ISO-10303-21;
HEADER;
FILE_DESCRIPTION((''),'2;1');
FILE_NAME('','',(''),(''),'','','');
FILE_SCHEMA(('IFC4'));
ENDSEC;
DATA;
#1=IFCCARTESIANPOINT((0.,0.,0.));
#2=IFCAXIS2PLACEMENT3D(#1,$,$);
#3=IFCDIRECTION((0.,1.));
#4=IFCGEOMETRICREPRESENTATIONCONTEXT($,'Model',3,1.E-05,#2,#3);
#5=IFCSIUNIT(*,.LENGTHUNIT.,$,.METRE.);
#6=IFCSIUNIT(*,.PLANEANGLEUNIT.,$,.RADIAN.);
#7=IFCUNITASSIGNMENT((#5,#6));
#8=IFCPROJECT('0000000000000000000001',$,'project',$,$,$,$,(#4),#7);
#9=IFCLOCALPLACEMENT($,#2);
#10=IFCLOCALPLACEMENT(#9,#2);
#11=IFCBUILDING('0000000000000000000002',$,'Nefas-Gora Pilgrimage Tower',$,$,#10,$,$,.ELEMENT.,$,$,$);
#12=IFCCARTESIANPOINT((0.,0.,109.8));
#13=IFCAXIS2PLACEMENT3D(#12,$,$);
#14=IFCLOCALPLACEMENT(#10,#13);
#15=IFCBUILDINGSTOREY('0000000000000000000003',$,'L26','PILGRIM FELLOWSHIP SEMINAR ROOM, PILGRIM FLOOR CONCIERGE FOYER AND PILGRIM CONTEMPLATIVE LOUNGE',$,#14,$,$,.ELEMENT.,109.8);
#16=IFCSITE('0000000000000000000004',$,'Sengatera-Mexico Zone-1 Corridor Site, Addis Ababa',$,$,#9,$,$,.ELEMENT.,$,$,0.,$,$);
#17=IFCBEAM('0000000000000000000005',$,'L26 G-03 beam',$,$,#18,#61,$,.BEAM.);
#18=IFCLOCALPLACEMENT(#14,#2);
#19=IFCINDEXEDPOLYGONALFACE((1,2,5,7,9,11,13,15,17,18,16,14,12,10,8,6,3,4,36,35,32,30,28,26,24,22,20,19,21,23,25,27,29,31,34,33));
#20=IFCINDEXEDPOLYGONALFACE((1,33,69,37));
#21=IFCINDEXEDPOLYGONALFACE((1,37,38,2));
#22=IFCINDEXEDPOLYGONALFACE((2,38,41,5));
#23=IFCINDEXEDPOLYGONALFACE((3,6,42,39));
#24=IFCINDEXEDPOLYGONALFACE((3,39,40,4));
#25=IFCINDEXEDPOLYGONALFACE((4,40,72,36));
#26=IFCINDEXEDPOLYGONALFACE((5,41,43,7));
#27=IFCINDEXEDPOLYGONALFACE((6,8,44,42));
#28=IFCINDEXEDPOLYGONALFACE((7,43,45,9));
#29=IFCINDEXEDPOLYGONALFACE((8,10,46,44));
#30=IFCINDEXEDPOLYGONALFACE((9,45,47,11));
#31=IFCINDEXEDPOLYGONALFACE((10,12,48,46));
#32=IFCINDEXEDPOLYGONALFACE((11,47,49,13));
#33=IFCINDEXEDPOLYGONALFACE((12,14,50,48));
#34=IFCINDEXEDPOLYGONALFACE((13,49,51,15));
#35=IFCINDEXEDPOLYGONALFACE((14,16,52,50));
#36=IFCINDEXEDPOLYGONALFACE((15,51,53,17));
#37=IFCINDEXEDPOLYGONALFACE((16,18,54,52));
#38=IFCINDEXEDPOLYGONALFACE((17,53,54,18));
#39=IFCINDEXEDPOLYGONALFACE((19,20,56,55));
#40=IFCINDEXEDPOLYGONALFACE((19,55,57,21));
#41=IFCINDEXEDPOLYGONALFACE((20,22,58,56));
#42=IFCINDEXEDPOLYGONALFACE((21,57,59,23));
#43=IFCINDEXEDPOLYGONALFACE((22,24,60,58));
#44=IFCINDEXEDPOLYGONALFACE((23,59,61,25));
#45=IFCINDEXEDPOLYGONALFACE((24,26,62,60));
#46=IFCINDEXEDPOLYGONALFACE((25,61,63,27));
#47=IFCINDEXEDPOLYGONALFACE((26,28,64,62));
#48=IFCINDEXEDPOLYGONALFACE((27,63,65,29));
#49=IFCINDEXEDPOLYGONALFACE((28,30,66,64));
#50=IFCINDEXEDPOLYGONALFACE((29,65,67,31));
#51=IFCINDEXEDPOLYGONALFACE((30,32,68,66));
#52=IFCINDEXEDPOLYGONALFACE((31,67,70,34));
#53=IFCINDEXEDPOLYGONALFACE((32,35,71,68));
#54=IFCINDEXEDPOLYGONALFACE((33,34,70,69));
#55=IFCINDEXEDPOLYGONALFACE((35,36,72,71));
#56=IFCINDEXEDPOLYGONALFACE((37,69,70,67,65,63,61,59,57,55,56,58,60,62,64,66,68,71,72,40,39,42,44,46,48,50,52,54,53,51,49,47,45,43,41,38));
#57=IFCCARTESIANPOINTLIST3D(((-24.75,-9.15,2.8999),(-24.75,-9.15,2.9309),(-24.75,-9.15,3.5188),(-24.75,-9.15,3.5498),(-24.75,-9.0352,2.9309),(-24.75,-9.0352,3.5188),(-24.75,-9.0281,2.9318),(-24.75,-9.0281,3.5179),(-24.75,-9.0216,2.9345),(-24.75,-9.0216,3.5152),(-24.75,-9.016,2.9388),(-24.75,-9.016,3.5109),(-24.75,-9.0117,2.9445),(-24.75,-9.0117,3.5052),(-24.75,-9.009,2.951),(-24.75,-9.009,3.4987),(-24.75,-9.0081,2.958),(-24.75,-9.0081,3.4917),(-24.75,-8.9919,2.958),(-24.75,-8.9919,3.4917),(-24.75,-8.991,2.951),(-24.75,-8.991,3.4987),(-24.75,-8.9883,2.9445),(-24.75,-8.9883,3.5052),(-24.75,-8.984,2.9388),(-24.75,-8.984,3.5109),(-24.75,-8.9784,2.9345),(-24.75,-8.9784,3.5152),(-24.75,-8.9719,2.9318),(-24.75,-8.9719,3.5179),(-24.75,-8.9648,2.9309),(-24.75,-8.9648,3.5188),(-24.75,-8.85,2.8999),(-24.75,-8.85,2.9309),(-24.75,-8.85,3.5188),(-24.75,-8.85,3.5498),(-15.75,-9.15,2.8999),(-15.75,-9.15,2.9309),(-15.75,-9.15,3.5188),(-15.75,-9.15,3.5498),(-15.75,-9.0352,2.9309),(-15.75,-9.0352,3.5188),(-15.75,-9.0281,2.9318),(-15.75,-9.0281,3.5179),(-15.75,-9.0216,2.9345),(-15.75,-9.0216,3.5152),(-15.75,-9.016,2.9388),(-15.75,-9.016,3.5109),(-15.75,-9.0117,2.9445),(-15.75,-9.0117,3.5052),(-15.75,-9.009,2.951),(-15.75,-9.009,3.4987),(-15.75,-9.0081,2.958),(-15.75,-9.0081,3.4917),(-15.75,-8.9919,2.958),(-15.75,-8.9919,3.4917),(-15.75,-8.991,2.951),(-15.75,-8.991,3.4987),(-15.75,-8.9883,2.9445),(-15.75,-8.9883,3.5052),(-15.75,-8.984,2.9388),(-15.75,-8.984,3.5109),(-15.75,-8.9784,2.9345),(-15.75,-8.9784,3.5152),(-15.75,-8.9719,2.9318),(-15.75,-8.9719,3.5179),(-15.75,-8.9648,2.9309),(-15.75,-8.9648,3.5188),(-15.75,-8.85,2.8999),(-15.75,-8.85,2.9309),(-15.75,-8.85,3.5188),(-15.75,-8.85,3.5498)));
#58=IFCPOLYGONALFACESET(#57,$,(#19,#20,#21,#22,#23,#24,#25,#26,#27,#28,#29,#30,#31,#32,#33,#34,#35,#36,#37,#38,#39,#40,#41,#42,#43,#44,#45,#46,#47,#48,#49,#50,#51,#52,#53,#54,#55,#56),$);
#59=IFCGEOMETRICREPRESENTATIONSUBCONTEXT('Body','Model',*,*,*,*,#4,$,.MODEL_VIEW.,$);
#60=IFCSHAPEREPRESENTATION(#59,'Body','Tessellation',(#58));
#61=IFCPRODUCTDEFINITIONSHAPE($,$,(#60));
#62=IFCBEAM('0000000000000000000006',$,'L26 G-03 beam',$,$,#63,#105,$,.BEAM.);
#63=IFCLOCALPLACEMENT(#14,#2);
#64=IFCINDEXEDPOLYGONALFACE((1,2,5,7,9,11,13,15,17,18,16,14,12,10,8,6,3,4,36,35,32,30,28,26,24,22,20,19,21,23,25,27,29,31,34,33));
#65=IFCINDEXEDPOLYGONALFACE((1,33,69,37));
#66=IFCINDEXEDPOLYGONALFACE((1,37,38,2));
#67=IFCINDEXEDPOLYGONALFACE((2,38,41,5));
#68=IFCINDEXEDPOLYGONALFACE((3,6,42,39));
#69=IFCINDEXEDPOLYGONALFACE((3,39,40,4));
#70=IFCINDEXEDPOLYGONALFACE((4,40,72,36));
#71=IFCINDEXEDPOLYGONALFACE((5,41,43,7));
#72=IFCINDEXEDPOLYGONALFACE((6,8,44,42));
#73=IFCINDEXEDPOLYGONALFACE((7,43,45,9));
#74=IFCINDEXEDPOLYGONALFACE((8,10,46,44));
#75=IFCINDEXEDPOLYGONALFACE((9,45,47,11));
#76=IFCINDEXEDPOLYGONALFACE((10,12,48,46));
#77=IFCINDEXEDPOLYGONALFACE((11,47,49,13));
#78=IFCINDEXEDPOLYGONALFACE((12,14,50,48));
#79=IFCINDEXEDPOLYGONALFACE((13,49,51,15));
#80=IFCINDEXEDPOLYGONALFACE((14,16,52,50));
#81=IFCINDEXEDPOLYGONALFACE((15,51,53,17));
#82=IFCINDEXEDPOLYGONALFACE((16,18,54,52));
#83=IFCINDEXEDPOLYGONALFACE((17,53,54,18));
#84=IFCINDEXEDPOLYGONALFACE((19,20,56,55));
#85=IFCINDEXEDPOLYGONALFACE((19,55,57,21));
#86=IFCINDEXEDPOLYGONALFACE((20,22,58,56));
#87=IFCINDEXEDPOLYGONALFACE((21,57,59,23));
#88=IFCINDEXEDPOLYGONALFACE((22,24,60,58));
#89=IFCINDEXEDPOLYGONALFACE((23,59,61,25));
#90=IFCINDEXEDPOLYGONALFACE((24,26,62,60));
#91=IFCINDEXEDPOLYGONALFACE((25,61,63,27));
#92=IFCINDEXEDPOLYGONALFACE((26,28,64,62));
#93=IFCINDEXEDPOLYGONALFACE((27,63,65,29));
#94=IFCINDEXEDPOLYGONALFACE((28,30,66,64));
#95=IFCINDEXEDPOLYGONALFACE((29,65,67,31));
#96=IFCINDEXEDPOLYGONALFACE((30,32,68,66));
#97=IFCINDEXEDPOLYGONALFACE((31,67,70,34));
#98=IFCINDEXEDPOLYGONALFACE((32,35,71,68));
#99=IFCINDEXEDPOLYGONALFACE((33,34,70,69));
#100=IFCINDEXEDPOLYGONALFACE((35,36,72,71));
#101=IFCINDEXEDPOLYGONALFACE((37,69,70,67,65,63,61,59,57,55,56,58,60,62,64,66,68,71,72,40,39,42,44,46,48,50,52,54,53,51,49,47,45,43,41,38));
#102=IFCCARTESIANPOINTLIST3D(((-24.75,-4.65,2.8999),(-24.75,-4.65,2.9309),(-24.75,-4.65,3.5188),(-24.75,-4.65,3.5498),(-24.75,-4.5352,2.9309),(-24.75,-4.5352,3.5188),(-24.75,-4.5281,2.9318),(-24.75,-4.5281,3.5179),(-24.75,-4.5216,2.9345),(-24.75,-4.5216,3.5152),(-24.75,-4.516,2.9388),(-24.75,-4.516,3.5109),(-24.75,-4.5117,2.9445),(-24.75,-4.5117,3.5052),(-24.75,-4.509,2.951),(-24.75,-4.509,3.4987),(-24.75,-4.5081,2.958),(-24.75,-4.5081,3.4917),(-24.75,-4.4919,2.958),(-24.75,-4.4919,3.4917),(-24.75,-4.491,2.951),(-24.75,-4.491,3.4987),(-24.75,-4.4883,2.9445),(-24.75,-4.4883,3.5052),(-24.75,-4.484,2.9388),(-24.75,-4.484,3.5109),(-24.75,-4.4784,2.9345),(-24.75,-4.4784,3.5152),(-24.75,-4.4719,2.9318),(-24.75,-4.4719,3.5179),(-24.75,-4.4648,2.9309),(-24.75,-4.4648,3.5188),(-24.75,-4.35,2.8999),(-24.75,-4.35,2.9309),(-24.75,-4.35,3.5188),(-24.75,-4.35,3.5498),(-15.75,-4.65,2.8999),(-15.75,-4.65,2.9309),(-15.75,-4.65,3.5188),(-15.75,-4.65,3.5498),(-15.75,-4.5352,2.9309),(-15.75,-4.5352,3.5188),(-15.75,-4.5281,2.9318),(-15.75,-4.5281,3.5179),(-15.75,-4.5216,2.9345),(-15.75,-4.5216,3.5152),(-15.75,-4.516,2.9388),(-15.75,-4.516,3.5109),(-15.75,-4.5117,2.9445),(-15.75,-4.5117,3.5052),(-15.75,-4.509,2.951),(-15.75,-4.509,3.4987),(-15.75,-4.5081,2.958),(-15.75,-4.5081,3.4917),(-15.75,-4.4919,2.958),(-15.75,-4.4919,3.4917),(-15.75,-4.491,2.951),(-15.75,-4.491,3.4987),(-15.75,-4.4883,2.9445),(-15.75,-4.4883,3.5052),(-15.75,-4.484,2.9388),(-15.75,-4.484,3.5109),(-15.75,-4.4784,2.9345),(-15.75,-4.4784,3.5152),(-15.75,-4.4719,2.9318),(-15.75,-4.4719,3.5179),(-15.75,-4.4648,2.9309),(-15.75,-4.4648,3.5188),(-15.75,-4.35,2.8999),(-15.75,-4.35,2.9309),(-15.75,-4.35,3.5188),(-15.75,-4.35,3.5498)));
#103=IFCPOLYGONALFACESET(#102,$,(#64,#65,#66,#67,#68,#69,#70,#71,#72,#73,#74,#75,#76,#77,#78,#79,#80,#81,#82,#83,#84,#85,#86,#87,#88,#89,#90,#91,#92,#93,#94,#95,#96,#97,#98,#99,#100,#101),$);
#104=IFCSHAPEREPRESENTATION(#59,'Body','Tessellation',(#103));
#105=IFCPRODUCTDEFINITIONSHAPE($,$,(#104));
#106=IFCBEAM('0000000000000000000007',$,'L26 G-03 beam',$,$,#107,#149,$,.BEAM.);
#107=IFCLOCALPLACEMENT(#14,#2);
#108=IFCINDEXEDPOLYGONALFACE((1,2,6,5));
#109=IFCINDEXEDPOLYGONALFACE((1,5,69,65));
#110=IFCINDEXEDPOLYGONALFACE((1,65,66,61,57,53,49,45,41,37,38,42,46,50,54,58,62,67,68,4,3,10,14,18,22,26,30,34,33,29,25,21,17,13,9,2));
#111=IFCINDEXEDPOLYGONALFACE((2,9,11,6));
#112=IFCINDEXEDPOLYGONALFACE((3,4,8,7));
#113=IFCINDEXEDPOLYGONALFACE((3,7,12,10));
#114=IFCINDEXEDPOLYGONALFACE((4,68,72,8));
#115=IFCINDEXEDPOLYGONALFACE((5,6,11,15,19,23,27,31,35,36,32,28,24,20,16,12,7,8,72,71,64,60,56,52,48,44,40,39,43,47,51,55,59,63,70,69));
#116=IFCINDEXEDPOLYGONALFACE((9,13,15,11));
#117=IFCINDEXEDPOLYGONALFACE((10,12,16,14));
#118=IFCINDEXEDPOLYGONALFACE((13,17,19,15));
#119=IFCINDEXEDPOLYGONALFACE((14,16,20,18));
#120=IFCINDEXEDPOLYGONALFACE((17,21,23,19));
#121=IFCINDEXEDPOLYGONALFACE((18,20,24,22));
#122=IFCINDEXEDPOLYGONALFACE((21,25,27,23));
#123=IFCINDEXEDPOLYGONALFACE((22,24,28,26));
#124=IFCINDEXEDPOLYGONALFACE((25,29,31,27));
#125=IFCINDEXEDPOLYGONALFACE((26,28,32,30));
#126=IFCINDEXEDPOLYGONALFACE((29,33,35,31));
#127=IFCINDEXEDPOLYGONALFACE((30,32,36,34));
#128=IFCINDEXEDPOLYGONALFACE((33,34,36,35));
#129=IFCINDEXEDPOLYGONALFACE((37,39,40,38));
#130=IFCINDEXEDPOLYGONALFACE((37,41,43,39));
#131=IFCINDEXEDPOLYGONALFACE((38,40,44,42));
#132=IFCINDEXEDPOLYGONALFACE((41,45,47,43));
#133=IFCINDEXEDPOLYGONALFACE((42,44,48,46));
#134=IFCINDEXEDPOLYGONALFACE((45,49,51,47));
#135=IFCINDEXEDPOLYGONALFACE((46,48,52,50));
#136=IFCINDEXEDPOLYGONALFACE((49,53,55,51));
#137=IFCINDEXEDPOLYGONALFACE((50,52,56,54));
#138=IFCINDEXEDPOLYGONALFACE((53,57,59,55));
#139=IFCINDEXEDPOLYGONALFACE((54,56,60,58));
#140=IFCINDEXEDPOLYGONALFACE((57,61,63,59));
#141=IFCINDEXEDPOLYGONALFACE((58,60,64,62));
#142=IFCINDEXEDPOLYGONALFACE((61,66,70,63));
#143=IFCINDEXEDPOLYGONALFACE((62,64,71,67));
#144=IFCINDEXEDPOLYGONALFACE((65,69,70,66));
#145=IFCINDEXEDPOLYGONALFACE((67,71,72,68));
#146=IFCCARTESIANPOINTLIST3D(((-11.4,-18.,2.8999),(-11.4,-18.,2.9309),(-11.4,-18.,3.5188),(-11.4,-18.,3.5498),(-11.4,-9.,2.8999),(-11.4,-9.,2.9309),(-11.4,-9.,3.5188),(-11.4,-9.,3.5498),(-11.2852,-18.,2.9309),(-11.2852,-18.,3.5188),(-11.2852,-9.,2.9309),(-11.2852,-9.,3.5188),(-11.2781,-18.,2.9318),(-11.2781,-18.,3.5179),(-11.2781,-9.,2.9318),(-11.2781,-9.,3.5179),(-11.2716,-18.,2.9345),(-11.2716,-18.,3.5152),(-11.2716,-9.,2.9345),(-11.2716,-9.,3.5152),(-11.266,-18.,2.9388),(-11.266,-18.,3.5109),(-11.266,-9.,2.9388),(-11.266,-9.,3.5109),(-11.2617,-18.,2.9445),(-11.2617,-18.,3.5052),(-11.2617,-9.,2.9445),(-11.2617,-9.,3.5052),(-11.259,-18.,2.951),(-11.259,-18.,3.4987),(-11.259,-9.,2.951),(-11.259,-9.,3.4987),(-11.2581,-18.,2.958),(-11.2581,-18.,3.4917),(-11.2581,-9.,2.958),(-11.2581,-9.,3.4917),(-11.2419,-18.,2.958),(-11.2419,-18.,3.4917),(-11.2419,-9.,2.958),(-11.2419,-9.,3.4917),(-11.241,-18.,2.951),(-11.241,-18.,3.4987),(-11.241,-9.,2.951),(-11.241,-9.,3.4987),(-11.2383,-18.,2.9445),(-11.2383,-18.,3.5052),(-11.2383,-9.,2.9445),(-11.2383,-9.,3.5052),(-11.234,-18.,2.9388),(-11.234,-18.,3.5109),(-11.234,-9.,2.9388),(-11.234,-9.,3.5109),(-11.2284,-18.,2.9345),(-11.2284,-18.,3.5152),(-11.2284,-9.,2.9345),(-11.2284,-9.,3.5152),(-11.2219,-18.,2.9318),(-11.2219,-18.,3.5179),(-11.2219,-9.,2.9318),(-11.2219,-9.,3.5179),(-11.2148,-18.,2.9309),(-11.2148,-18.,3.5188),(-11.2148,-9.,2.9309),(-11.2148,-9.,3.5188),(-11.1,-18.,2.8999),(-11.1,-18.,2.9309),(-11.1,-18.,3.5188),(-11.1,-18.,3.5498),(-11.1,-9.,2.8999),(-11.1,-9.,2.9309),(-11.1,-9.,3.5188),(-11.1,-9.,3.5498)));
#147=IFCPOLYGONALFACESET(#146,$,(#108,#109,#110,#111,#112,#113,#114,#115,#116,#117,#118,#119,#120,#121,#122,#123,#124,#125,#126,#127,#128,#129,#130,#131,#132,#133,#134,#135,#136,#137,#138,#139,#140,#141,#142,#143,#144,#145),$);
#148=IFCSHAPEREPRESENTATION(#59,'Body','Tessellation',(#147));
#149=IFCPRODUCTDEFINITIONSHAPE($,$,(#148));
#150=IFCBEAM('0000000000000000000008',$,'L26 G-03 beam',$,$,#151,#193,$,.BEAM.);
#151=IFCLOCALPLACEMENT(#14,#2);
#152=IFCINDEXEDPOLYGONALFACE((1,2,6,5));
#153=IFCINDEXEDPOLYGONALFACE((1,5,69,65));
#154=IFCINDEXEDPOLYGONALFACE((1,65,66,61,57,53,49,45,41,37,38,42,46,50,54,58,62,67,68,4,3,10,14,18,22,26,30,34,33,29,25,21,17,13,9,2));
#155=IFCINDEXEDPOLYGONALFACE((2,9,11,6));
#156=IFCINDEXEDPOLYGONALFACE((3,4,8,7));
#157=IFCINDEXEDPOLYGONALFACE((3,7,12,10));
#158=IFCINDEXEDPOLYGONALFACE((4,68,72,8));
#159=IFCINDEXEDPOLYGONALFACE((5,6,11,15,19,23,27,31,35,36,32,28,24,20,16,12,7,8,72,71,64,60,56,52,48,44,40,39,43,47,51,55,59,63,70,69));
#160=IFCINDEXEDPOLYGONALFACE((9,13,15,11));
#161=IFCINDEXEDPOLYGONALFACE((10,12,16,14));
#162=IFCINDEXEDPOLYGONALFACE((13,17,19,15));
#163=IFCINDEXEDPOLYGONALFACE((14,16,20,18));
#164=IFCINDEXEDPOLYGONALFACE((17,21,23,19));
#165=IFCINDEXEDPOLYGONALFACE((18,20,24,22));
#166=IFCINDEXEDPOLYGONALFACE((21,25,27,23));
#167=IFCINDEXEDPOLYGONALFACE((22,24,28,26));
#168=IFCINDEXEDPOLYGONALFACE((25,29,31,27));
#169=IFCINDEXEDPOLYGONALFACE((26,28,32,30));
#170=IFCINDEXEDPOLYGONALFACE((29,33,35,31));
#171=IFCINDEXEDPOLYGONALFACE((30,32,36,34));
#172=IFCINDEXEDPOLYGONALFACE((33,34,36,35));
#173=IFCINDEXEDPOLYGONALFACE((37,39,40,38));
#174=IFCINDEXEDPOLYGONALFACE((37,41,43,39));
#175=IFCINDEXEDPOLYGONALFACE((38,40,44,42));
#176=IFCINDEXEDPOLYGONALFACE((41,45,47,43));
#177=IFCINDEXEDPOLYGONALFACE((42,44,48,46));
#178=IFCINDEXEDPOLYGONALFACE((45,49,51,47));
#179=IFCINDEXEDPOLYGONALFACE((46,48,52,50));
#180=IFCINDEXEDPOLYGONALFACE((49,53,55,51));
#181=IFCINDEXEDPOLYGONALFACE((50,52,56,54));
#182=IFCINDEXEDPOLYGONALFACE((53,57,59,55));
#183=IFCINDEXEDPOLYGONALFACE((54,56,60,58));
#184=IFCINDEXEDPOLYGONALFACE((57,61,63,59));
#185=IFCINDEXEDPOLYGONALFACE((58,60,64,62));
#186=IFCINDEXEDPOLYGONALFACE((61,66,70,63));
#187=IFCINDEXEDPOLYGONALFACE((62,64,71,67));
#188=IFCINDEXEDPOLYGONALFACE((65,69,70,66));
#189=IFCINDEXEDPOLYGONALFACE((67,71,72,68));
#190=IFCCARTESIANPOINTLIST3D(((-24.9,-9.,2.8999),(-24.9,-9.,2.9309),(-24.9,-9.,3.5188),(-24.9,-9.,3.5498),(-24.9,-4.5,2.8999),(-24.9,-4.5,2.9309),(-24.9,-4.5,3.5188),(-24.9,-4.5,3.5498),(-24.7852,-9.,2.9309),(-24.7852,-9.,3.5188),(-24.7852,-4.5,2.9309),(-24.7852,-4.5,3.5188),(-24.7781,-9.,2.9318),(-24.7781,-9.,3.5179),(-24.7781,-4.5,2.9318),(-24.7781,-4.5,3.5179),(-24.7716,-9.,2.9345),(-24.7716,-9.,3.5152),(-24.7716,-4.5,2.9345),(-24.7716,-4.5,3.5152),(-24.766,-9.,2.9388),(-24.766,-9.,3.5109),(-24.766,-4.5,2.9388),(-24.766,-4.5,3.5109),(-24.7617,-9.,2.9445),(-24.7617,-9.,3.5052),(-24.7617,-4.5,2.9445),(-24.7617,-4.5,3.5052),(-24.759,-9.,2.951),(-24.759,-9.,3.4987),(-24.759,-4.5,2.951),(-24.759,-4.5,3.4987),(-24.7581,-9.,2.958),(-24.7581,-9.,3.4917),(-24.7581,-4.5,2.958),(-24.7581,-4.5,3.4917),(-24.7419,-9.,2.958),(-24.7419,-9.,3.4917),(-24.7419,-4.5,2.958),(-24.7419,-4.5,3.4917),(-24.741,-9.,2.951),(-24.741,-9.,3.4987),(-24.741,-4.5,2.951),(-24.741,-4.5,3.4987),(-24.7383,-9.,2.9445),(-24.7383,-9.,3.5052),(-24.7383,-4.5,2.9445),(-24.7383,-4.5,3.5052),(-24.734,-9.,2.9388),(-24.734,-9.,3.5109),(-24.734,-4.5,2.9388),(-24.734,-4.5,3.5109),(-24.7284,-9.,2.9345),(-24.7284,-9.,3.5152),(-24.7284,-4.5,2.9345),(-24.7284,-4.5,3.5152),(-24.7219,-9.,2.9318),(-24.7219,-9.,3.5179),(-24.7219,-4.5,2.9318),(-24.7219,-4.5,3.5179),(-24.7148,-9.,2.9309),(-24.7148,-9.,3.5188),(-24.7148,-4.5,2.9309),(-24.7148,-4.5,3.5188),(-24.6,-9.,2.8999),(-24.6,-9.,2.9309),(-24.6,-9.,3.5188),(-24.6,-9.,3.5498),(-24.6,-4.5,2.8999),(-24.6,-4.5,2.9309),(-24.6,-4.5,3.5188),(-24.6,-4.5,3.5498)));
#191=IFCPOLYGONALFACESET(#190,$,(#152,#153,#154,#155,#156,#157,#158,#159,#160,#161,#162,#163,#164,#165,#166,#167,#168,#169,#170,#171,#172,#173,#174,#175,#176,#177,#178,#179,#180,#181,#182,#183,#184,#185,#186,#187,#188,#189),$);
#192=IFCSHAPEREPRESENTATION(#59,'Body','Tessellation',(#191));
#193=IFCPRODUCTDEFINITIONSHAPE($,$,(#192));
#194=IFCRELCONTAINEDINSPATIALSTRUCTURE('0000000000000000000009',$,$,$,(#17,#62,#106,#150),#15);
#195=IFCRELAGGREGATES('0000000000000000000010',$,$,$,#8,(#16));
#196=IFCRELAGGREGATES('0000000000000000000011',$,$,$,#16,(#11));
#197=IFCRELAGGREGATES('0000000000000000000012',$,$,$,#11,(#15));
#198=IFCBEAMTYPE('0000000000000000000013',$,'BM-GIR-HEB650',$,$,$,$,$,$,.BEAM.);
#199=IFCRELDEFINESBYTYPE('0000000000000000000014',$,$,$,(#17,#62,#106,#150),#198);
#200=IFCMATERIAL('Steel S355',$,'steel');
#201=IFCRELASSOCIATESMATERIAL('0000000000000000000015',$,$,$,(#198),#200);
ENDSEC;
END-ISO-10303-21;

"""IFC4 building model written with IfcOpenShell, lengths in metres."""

from ifc_helpers import new_model, si_unit, direction, frame, origin, origin_2d, place, context, subcontext, project, spatial, i_section, extrude, source, transform, mapped, material, material_profile, profile_set, type_object, element, save


model = new_model("IFC4")

# Units and contexts
model_context = context("Model", 3, precision=1e-05, world=origin(), true_north=direction((0.0, 1.0)))
body_context = subcontext(model_context, "Body", "Model", "MODEL_VIEW")
ifc_project = project(units=[si_unit("LENGTHUNIT", "METRE"), si_unit("PLANEANGLEUNIT", "RADIAN")], contexts=[model_context])

# Site, building, storey
site_placement = place(None, origin())
site = spatial("IfcSite", under=ifc_project, at=site_placement, Name="Sengatera-Mexico Zone-1 Corridor Site, Addis Ababa", CompositionType="ELEMENT", RefElevation=0.0)
building_placement = place(site_placement, origin())
building = spatial("IfcBuilding", under=site, at=building_placement, Name="Nefas-Gora Pilgrimage Tower", CompositionType="ELEMENT")
storey_placement = place(building_placement, frame((0.0, 0.0, 109.8)))
storey = spatial("IfcBuildingStorey", under=building, at=storey_placement, Name="L26", Description="PILGRIM FELLOWSHIP SEMINAR ROOM, PILGRIM FLOOR CONCIERGE FOYER AND PILGRIM CONTEMPLATIVE LOUNGE", CompositionType="ELEMENT", Elevation=109.8)

# Beams
ifc_material_1 = material(Name="Steel S355", Category="steel")
ifc_material_profile_1 = material_profile(ifc_material_1, i_section(OverallWidth=0.3, OverallDepth=0.6499, WebThickness=0.0161, FlangeThickness=0.031, FilletRadius=0.0271, at=origin_2d()), Name="HEB 650")
ifc_profile_set_1 = profile_set([ifc_material_profile_1], Name="Steel S355")
beam_type = type_object("IfcBeamType", Name="BM-GIR-HEB650", PredefinedType="BEAM", material=ifc_profile_set_1)
shared_shape_1 = source(origin(), body_context, "Body", "SweptSolid", [
    extrude(i_section(OverallWidth=0.3, OverallDepth=0.6499, WebThickness=0.0161, FlangeThickness=0.031, FilletRadius=0.0271, at=origin_2d()), origin(), (0.0, 0.0, 1.0), 9.0),
])
for number, where, z_axis, x_axis, name in (
    (1, (-24.75, -9.0, 3.2249), (1.0, 0.0, 0.0), (0.0, 1.0, 0.0), "L26 G-03 beam"),
    (2, (-24.75, -4.5, 3.2249), (1.0, 0.0, 0.0), (0.0, 1.0, 0.0), "L26 G-03 beam"),
    (3, (-11.25, -18.0, 3.2249), (0.0, 1.0, 0.0), (-1.0, 0.0, 0.0), "L26 G-03 beam"),
):
    element("IfcBeam", number, at=place(storey_placement, frame(where, z_axis=z_axis, x_axis=x_axis)), inside=storey, type_object=beam_type, Name=name, PredefinedType="BEAM", context=body_context, shape_type="MappedRepresentation", body=[
        mapped(shared_shape_1, transform((0.0, 0.0, 0.0), x_axis=(1.0, 0.0, 0.0), y_axis=(0.0, 1.0, 0.0), z_axis=(0.0, 0.0, 1.0), scale=1.0)),
    ])
shared_shape_2 = source(origin(), body_context, "Body", "SweptSolid", [
    extrude(i_section(OverallWidth=0.3, OverallDepth=0.6499, WebThickness=0.0161, FlangeThickness=0.031, FilletRadius=0.0271, at=origin_2d()), origin(), (0.0, 0.0, 1.0), 4.5),
])
for number, where, z_axis, x_axis, name in (
    (4, (-24.75, -9.0, 3.2249), (0.0, 1.0, 0.0), (-1.0, 0.0, 0.0), "L26 G-03 beam"),
):
    element("IfcBeam", number, at=place(storey_placement, frame(where, z_axis=z_axis, x_axis=x_axis)), inside=storey, type_object=beam_type, Name=name, PredefinedType="BEAM", context=body_context, shape_type="MappedRepresentation", body=[
        mapped(shared_shape_2, transform((0.0, 0.0, 0.0), x_axis=(1.0, 0.0, 0.0), y_axis=(0.0, 1.0, 0.0), z_axis=(0.0, 0.0, 1.0), scale=1.0)),
    ])

save(model, "model.ifc")
